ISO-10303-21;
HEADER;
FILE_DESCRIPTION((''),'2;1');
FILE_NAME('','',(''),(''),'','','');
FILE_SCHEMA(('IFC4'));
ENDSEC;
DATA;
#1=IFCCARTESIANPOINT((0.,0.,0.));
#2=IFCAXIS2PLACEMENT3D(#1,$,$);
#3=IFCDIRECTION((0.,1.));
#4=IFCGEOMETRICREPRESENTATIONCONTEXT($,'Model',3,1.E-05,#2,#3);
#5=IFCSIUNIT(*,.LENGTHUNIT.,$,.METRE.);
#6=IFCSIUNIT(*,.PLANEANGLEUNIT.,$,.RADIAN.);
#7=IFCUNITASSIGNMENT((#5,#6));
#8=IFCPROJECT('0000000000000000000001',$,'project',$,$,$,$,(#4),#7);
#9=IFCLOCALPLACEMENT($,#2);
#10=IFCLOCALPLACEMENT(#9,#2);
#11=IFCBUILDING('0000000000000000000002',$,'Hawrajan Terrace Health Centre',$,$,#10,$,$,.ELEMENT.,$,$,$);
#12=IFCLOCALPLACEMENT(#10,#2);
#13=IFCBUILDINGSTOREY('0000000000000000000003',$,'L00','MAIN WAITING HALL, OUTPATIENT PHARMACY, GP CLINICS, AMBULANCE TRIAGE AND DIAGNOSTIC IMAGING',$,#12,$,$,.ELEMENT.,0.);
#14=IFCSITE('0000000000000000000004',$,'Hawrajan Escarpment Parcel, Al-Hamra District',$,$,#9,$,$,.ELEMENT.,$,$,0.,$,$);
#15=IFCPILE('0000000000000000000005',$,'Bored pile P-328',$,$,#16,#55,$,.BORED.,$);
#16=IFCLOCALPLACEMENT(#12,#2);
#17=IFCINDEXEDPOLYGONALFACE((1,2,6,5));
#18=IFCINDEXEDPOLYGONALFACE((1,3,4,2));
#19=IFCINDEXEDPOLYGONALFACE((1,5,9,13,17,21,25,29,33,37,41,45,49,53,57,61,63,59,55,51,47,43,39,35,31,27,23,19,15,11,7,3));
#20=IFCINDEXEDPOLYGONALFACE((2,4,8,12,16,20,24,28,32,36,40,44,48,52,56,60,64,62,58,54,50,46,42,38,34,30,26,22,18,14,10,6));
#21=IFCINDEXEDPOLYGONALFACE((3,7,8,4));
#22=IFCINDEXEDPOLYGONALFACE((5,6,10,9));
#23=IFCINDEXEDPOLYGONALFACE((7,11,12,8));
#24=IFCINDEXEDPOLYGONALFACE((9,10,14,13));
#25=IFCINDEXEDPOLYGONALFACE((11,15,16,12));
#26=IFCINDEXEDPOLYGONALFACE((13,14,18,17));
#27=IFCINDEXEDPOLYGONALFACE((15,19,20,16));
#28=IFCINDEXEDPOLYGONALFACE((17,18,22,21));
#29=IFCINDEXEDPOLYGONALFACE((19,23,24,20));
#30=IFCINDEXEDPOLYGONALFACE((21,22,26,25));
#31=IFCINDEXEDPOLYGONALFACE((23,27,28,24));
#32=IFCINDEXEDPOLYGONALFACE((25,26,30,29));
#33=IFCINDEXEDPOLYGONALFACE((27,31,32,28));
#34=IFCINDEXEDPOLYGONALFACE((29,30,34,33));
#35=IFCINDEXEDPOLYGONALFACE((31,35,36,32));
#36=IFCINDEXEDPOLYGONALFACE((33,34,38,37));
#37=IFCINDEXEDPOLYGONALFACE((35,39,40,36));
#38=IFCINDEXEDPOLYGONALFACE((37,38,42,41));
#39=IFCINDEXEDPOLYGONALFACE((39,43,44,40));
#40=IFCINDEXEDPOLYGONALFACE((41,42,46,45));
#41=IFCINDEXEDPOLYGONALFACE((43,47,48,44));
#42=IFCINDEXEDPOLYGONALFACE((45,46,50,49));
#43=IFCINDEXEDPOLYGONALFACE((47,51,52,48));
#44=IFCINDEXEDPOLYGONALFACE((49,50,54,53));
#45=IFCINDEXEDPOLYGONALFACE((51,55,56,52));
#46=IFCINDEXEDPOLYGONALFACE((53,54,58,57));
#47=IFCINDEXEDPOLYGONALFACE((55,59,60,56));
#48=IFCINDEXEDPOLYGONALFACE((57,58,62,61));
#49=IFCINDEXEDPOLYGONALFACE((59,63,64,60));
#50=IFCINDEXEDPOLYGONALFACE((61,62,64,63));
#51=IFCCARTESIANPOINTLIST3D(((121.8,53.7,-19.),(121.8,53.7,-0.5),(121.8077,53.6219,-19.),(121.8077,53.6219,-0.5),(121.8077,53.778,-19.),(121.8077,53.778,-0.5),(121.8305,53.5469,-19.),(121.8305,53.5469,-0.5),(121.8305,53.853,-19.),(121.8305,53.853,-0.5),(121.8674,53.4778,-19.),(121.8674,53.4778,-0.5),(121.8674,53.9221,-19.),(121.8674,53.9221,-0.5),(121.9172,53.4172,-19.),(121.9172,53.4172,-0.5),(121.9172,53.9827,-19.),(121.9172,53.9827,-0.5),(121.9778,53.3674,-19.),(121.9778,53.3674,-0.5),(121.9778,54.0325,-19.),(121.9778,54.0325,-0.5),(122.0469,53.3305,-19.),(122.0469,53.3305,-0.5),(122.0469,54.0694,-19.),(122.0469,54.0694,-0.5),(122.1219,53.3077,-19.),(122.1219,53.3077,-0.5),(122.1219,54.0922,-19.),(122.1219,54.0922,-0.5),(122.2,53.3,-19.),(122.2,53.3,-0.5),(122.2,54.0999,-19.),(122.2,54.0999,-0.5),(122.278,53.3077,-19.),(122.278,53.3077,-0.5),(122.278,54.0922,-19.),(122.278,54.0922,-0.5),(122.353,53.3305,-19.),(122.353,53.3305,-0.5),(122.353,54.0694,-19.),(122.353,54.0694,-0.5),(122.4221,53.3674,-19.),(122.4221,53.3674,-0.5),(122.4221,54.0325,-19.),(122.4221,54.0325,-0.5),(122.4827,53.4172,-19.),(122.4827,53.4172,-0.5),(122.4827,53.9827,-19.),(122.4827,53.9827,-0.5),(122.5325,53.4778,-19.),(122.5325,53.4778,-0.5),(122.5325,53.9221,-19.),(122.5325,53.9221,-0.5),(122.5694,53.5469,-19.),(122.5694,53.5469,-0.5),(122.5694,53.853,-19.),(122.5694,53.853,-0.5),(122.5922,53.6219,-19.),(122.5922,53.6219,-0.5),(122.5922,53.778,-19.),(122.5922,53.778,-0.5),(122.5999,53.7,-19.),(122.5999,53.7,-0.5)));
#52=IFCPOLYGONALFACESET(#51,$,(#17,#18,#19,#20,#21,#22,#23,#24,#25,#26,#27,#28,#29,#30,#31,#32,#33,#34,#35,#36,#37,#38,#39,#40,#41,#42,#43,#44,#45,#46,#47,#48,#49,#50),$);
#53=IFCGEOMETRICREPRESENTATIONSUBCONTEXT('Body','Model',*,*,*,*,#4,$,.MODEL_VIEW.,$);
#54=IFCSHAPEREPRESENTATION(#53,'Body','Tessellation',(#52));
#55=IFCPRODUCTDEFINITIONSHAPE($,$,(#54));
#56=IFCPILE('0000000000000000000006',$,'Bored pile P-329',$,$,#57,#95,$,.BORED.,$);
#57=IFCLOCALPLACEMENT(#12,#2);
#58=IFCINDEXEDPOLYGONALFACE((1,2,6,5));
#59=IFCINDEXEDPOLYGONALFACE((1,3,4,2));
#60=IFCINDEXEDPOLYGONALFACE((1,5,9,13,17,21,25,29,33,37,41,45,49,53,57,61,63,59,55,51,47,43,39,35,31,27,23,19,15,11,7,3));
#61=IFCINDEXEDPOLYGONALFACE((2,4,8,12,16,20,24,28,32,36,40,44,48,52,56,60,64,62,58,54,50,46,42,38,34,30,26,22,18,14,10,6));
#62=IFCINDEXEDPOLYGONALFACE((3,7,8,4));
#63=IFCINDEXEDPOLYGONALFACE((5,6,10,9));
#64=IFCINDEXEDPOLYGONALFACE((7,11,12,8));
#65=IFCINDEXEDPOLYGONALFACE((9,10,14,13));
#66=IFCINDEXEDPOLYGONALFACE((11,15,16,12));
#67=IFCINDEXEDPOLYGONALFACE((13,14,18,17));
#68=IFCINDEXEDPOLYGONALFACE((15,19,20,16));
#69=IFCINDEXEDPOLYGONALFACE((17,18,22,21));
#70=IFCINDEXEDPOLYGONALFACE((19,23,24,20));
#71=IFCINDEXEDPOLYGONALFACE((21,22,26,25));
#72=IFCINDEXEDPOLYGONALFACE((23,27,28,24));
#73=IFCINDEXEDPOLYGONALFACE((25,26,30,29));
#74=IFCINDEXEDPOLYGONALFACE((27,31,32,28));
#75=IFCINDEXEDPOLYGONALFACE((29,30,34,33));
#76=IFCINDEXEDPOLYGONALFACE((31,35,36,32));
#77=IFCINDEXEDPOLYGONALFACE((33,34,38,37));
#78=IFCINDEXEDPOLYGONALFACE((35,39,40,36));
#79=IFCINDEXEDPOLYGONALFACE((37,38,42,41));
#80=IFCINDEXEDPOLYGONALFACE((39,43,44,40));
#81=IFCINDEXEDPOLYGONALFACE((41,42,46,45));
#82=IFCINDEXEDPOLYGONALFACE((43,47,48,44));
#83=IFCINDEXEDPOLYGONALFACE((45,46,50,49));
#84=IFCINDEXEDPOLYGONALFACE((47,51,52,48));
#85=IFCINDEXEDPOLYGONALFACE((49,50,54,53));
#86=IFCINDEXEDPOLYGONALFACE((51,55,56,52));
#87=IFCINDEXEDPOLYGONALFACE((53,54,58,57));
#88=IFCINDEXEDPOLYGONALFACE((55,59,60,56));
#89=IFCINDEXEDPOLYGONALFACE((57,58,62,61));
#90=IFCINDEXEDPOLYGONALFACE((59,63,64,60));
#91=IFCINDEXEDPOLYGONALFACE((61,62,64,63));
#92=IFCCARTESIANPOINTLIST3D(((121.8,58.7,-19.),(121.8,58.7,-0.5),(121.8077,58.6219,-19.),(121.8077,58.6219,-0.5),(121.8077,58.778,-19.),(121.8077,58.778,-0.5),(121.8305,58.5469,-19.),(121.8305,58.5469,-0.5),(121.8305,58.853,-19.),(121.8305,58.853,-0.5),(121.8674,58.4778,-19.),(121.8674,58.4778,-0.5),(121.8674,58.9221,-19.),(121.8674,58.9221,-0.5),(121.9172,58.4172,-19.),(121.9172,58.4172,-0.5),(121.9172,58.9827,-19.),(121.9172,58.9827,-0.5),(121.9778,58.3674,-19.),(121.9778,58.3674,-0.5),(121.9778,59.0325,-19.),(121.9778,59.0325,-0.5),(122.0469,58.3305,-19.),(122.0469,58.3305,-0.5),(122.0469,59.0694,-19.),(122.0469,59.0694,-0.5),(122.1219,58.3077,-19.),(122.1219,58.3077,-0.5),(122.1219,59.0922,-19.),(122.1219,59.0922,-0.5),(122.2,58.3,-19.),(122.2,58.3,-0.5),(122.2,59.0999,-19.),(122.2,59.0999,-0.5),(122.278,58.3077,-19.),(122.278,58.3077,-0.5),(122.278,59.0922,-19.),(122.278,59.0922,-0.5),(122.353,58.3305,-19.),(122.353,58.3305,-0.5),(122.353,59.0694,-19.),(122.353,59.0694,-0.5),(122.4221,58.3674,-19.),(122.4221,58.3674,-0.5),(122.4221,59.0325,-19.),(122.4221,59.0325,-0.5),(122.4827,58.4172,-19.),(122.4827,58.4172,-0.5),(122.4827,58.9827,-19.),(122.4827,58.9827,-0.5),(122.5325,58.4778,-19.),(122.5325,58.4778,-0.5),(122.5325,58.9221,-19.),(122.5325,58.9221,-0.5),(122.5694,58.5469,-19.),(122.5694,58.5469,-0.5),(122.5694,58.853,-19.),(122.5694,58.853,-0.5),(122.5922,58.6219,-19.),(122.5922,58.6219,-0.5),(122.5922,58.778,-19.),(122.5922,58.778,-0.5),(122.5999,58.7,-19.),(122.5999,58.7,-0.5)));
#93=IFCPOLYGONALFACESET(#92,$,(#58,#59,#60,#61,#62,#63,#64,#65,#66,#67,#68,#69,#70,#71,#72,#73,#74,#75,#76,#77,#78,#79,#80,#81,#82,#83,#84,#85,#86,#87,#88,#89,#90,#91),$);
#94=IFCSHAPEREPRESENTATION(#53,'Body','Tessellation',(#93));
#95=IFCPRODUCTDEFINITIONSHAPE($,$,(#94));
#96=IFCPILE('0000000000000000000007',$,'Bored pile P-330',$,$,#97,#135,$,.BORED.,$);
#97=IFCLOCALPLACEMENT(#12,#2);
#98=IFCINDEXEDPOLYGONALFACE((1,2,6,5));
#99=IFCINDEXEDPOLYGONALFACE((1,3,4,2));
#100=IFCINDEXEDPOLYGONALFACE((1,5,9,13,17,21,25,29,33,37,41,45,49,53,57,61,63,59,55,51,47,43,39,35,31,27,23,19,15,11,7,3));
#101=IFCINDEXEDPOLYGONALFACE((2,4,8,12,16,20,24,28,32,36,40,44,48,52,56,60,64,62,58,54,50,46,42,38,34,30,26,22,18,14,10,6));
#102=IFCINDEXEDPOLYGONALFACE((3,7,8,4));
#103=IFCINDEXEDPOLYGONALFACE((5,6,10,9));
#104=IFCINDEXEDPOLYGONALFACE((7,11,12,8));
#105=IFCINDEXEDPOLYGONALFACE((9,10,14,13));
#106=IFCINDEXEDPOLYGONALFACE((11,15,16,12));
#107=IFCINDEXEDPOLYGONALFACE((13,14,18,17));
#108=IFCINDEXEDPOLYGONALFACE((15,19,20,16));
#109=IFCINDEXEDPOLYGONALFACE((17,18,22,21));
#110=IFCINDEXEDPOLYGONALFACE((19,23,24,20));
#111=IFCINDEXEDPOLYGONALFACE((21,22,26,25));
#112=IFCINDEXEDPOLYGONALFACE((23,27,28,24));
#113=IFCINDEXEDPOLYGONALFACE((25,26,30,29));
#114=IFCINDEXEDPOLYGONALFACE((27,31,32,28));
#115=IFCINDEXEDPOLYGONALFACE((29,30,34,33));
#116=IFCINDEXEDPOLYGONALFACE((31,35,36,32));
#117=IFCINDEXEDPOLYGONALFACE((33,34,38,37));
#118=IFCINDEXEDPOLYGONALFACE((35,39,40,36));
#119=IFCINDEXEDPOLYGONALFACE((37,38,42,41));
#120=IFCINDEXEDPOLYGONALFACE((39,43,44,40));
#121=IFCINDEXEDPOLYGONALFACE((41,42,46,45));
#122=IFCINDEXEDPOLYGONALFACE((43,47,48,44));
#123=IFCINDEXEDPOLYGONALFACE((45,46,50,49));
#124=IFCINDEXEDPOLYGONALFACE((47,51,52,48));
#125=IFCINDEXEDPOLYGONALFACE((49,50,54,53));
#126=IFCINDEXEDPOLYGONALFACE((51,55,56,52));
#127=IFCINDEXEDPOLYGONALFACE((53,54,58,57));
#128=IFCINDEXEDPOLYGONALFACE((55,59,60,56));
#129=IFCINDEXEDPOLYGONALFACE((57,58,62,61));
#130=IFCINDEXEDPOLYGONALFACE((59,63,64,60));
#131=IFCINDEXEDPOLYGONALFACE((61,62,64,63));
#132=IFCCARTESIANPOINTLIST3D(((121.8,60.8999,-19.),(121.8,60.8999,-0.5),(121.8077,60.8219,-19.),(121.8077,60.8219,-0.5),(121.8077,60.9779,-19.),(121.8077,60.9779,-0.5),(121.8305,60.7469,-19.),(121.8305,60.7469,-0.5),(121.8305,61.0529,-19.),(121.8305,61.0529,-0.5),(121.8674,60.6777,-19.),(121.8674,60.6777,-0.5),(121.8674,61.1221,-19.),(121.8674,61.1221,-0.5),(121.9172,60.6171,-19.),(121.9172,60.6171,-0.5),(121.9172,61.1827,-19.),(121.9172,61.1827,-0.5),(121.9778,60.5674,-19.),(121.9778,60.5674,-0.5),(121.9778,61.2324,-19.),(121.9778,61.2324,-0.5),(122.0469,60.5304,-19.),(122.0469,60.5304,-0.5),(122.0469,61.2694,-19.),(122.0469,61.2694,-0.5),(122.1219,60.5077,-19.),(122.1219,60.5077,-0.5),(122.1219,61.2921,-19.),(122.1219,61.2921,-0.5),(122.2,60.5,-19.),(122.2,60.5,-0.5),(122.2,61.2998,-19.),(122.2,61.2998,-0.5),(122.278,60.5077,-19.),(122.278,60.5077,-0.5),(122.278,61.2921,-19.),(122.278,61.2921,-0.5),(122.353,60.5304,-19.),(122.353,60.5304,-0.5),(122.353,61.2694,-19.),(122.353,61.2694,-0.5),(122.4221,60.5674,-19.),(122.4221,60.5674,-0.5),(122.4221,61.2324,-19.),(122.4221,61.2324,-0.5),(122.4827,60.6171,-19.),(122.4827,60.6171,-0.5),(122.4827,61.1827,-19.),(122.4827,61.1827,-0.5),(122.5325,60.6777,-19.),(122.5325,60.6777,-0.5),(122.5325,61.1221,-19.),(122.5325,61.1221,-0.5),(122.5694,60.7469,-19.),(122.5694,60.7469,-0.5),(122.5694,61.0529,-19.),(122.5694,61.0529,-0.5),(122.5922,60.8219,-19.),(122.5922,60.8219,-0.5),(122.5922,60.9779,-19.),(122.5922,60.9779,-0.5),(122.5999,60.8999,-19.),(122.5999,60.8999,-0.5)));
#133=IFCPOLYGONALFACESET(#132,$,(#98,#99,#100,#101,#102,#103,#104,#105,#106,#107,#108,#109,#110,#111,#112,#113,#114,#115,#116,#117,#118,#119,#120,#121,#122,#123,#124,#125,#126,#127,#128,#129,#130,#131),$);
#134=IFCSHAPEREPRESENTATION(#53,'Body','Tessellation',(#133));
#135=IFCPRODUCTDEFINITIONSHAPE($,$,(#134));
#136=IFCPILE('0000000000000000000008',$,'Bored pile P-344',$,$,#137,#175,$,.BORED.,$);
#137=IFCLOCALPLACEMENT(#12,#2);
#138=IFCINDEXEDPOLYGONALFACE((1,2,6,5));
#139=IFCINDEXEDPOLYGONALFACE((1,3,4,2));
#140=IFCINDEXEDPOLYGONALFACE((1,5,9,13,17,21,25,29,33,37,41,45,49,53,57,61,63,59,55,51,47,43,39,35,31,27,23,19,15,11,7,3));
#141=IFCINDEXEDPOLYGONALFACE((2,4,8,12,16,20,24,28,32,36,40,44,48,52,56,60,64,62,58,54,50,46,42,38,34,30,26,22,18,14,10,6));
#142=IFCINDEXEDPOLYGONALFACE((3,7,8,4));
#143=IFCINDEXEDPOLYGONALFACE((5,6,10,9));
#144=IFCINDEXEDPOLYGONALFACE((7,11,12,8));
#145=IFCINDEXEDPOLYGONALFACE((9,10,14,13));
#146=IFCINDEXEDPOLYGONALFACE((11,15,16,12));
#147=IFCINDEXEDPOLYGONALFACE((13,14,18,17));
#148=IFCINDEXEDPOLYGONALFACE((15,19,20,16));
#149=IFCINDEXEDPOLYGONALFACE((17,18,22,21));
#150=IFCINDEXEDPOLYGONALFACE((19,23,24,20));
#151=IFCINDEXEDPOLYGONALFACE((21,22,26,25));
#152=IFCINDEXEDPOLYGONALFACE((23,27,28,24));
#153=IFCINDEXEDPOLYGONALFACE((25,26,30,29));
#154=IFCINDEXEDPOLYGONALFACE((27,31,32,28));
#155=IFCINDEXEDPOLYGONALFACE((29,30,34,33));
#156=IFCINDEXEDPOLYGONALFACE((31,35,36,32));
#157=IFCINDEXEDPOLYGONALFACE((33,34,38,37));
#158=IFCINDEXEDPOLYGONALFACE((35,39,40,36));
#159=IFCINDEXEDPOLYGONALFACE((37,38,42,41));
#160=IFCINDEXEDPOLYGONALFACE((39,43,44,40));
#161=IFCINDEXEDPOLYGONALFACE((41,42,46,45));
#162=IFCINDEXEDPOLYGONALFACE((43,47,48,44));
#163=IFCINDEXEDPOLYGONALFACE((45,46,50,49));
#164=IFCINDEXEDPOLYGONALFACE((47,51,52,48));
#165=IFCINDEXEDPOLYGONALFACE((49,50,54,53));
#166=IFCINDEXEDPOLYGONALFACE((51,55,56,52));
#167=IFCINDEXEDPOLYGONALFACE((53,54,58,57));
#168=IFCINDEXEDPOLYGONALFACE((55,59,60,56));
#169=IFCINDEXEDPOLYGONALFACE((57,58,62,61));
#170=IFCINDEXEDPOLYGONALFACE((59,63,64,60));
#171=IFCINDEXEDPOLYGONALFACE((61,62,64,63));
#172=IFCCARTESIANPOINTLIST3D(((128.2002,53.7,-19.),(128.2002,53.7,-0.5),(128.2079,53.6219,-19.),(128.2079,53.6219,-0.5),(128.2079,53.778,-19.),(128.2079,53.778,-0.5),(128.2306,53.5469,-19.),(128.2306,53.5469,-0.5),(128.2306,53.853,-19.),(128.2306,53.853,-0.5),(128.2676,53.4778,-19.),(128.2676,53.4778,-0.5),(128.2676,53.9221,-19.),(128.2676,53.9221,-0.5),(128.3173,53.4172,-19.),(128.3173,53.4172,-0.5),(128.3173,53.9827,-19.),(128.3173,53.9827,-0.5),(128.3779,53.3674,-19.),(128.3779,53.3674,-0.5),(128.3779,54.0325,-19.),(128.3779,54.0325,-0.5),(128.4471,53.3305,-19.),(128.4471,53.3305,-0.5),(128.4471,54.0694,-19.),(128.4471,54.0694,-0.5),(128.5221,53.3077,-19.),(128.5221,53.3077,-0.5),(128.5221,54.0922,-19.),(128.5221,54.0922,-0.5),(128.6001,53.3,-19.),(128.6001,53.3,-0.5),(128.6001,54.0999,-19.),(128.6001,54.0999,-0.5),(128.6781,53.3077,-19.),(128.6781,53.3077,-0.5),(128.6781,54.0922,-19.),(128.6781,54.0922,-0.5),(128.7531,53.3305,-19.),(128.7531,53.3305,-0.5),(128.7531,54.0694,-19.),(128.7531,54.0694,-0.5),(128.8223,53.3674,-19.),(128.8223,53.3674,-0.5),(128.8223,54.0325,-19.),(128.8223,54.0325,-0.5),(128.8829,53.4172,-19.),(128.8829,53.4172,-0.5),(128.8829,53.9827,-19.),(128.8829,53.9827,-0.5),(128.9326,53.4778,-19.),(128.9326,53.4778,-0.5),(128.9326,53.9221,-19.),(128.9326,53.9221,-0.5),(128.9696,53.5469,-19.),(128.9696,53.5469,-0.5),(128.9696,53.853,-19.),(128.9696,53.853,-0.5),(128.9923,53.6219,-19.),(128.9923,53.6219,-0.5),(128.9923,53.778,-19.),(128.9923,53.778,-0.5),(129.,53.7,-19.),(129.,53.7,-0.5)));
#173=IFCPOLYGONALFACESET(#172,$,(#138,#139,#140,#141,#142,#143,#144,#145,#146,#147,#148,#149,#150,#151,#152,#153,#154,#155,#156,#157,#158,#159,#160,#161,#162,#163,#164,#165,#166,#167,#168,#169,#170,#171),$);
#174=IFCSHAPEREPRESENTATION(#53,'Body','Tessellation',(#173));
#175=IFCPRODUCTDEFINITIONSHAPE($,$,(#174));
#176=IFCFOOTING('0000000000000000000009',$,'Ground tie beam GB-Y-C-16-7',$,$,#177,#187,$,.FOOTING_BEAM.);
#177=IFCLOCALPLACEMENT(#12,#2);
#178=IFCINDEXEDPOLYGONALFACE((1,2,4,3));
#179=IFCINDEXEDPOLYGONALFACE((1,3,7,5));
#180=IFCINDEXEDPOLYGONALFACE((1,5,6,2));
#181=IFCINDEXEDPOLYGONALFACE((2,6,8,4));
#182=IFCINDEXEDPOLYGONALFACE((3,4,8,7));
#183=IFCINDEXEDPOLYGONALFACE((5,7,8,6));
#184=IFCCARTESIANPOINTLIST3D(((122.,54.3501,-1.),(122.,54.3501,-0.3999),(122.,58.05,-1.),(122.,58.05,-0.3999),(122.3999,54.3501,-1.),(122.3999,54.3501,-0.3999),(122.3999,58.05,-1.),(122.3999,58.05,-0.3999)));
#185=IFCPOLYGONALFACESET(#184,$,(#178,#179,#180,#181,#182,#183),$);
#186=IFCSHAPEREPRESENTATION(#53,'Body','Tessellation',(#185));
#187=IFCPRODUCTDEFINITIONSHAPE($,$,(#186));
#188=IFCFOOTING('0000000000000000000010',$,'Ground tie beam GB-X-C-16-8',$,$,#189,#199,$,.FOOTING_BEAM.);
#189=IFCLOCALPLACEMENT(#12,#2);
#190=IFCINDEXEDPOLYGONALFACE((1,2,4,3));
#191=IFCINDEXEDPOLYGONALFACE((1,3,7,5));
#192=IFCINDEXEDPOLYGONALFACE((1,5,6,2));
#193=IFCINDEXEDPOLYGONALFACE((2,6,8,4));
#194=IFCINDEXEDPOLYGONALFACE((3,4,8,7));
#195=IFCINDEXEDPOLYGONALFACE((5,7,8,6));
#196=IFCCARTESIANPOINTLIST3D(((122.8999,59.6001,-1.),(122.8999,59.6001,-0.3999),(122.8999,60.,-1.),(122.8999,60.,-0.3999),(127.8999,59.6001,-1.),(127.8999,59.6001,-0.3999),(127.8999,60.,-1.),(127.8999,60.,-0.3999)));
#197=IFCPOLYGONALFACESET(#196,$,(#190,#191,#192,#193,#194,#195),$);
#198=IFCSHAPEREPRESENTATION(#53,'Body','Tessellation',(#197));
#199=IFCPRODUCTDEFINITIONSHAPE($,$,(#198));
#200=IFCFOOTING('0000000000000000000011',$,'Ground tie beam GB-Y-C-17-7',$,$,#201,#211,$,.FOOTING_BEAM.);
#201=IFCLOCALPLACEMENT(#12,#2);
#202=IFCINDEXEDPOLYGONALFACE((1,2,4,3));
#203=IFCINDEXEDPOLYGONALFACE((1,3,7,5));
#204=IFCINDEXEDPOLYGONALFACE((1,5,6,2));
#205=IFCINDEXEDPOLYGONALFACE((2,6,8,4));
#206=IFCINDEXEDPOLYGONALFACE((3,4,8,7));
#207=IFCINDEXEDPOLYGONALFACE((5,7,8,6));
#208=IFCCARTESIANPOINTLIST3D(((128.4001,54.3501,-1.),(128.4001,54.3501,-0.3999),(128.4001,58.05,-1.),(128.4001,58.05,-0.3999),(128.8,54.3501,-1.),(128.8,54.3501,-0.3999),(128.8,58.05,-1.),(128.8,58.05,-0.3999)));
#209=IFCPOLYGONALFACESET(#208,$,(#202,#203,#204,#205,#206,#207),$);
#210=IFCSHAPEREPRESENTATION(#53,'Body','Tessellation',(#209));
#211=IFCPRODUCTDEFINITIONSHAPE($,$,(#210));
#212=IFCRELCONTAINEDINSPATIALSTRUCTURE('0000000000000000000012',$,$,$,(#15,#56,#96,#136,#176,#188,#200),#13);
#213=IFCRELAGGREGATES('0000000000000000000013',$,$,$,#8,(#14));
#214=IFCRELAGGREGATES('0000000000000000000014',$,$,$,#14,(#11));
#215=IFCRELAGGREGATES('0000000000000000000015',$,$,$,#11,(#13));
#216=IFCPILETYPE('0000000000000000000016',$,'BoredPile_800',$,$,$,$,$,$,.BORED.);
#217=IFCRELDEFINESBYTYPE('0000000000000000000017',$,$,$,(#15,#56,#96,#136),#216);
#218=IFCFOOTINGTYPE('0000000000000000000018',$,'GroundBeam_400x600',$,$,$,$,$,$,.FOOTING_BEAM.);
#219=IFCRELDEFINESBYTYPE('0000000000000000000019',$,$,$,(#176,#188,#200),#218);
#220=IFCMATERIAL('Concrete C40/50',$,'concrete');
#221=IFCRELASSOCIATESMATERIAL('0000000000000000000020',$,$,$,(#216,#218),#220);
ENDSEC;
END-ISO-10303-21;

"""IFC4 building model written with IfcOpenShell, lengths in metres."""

from ifc_helpers import new_model, si_unit, direction, frame, origin, origin_2d, place, context, subcontext, project, spatial, rectangle, circle, extrude, material, material_profile, profile_set, type_object, element, save


model = new_model("IFC4")

# Units and contexts
model_context = context("Model", 3, precision=1e-05, world=origin(), true_north=direction((0.0, 1.0)))
body_context = subcontext(model_context, "Body", "Model", "MODEL_VIEW")
ifc_project = project(units=[si_unit("LENGTHUNIT", "METRE"), si_unit("PLANEANGLEUNIT", "RADIAN")], contexts=[model_context])

# Site, building, storey
site_placement = place(None, origin())
site = spatial("IfcSite", under=ifc_project, at=site_placement, Name="Hawrajan Escarpment Parcel, Al-Hamra District", CompositionType="ELEMENT", RefElevation=0.0)
building_placement = place(site_placement, origin())
building = spatial("IfcBuilding", under=site, at=building_placement, Name="Hawrajan Terrace Health Centre", CompositionType="ELEMENT")
storey_placement = place(building_placement, origin())
storey = spatial("IfcBuildingStorey", under=building, at=storey_placement, Name="L00", Description="MAIN WAITING HALL, OUTPATIENT PHARMACY, GP CLINICS, AMBULANCE TRIAGE AND DIAGNOSTIC IMAGING", CompositionType="ELEMENT", Elevation=0.0)

# Piles
ifc_material_1 = material(Name="Concrete C40/50", Category="concrete")
ifc_material_profile_1 = material_profile(ifc_material_1, circle(Radius=0.3999, at=origin_2d()), Name="BP 800")
ifc_profile_set_1 = profile_set([ifc_material_profile_1], Name="Concrete C40/50")
pile_type = type_object("IfcPileType", Name="BoredPile_800", PredefinedType="BORED", material=ifc_profile_set_1)
for number, where, z_axis, x_axis, name in (
    (1, (122.2, 53.7, -0.5), (0.0, 0.0, -1.0), (1.0, 0.0, 0.0), "Bored pile P-328"),
    (2, (122.2, 58.7, -0.5), (0.0, 0.0, -1.0), (1.0, 0.0, 0.0), "Bored pile P-329"),
    (3, (122.2, 60.8999, -0.5), (0.0, 0.0, -1.0), (1.0, 0.0, 0.0), "Bored pile P-330"),
    (4, (128.6001, 53.7, -0.5), (0.0, 0.0, -1.0), (1.0, 0.0, 0.0), "Bored pile P-344"),
):
    element("IfcPile", number, at=place(storey_placement, frame(where, z_axis=z_axis, x_axis=x_axis)), inside=storey, type_object=pile_type, Name=name, PredefinedType="BORED", context=body_context, shape_type="SweptSolid", body=[
        extrude(circle(Radius=0.3999, at=origin_2d()), origin(), (0.0, 0.0, 1.0), 18.5),
    ])

# Footings
ifc_material_profile_2 = material_profile(ifc_material_1, rectangle(XDim=0.3999, YDim=0.6001, at=origin_2d()), Name="RC BM 400x600")
ifc_profile_set_2 = profile_set([ifc_material_profile_2], Name="Concrete C40/50")
footing_type_1 = type_object("IfcFootingType", Name="GroundBeam_400x600", PredefinedType="FOOTING_BEAM", material=ifc_profile_set_2)
footing_1_placement = place(storey_placement, frame((122.2, 54.3501, -0.7), z_axis=(0.0, 1.0, 0.0), x_axis=(-1.0, 0.0, 0.0)))
element("IfcFooting", 5, at=footing_1_placement, inside=storey, type_object=footing_type_1, Name="Ground tie beam GB-Y-C-16-7", PredefinedType="FOOTING_BEAM", context=body_context, shape_type="SweptSolid", body=[
    extrude(rectangle(XDim=0.3999, YDim=0.6001, at=origin_2d()), origin(), (0.0, 0.0, 1.0), 3.7),
])
footing_2_placement = place(storey_placement, frame((122.8999, 59.8, -0.7), z_axis=(1.0, 0.0, 0.0), x_axis=(0.0, 1.0, 0.0)))
element("IfcFooting", 6, at=footing_2_placement, inside=storey, type_object=footing_type_1, Name="Ground tie beam GB-X-C-16-8", PredefinedType="FOOTING_BEAM", context=body_context, shape_type="SweptSolid", body=[
    extrude(rectangle(XDim=0.3999, YDim=0.6001, at=origin_2d()), origin(), (0.0, 0.0, 1.0), 5.0),
])
footing_3_placement = place(storey_placement, frame((128.6001, 54.3501, -0.7), z_axis=(0.0, 1.0, 0.0), x_axis=(-1.0, 0.0, 0.0)))
element("IfcFooting", 7, at=footing_3_placement, inside=storey, type_object=footing_type_1, Name="Ground tie beam GB-Y-C-17-7", PredefinedType="FOOTING_BEAM", context=body_context, shape_type="SweptSolid", body=[
    extrude(rectangle(XDim=0.3999, YDim=0.6001, at=origin_2d()), origin(), (0.0, 0.0, 1.0), 3.7),
])

save(model, "model.ifc")
